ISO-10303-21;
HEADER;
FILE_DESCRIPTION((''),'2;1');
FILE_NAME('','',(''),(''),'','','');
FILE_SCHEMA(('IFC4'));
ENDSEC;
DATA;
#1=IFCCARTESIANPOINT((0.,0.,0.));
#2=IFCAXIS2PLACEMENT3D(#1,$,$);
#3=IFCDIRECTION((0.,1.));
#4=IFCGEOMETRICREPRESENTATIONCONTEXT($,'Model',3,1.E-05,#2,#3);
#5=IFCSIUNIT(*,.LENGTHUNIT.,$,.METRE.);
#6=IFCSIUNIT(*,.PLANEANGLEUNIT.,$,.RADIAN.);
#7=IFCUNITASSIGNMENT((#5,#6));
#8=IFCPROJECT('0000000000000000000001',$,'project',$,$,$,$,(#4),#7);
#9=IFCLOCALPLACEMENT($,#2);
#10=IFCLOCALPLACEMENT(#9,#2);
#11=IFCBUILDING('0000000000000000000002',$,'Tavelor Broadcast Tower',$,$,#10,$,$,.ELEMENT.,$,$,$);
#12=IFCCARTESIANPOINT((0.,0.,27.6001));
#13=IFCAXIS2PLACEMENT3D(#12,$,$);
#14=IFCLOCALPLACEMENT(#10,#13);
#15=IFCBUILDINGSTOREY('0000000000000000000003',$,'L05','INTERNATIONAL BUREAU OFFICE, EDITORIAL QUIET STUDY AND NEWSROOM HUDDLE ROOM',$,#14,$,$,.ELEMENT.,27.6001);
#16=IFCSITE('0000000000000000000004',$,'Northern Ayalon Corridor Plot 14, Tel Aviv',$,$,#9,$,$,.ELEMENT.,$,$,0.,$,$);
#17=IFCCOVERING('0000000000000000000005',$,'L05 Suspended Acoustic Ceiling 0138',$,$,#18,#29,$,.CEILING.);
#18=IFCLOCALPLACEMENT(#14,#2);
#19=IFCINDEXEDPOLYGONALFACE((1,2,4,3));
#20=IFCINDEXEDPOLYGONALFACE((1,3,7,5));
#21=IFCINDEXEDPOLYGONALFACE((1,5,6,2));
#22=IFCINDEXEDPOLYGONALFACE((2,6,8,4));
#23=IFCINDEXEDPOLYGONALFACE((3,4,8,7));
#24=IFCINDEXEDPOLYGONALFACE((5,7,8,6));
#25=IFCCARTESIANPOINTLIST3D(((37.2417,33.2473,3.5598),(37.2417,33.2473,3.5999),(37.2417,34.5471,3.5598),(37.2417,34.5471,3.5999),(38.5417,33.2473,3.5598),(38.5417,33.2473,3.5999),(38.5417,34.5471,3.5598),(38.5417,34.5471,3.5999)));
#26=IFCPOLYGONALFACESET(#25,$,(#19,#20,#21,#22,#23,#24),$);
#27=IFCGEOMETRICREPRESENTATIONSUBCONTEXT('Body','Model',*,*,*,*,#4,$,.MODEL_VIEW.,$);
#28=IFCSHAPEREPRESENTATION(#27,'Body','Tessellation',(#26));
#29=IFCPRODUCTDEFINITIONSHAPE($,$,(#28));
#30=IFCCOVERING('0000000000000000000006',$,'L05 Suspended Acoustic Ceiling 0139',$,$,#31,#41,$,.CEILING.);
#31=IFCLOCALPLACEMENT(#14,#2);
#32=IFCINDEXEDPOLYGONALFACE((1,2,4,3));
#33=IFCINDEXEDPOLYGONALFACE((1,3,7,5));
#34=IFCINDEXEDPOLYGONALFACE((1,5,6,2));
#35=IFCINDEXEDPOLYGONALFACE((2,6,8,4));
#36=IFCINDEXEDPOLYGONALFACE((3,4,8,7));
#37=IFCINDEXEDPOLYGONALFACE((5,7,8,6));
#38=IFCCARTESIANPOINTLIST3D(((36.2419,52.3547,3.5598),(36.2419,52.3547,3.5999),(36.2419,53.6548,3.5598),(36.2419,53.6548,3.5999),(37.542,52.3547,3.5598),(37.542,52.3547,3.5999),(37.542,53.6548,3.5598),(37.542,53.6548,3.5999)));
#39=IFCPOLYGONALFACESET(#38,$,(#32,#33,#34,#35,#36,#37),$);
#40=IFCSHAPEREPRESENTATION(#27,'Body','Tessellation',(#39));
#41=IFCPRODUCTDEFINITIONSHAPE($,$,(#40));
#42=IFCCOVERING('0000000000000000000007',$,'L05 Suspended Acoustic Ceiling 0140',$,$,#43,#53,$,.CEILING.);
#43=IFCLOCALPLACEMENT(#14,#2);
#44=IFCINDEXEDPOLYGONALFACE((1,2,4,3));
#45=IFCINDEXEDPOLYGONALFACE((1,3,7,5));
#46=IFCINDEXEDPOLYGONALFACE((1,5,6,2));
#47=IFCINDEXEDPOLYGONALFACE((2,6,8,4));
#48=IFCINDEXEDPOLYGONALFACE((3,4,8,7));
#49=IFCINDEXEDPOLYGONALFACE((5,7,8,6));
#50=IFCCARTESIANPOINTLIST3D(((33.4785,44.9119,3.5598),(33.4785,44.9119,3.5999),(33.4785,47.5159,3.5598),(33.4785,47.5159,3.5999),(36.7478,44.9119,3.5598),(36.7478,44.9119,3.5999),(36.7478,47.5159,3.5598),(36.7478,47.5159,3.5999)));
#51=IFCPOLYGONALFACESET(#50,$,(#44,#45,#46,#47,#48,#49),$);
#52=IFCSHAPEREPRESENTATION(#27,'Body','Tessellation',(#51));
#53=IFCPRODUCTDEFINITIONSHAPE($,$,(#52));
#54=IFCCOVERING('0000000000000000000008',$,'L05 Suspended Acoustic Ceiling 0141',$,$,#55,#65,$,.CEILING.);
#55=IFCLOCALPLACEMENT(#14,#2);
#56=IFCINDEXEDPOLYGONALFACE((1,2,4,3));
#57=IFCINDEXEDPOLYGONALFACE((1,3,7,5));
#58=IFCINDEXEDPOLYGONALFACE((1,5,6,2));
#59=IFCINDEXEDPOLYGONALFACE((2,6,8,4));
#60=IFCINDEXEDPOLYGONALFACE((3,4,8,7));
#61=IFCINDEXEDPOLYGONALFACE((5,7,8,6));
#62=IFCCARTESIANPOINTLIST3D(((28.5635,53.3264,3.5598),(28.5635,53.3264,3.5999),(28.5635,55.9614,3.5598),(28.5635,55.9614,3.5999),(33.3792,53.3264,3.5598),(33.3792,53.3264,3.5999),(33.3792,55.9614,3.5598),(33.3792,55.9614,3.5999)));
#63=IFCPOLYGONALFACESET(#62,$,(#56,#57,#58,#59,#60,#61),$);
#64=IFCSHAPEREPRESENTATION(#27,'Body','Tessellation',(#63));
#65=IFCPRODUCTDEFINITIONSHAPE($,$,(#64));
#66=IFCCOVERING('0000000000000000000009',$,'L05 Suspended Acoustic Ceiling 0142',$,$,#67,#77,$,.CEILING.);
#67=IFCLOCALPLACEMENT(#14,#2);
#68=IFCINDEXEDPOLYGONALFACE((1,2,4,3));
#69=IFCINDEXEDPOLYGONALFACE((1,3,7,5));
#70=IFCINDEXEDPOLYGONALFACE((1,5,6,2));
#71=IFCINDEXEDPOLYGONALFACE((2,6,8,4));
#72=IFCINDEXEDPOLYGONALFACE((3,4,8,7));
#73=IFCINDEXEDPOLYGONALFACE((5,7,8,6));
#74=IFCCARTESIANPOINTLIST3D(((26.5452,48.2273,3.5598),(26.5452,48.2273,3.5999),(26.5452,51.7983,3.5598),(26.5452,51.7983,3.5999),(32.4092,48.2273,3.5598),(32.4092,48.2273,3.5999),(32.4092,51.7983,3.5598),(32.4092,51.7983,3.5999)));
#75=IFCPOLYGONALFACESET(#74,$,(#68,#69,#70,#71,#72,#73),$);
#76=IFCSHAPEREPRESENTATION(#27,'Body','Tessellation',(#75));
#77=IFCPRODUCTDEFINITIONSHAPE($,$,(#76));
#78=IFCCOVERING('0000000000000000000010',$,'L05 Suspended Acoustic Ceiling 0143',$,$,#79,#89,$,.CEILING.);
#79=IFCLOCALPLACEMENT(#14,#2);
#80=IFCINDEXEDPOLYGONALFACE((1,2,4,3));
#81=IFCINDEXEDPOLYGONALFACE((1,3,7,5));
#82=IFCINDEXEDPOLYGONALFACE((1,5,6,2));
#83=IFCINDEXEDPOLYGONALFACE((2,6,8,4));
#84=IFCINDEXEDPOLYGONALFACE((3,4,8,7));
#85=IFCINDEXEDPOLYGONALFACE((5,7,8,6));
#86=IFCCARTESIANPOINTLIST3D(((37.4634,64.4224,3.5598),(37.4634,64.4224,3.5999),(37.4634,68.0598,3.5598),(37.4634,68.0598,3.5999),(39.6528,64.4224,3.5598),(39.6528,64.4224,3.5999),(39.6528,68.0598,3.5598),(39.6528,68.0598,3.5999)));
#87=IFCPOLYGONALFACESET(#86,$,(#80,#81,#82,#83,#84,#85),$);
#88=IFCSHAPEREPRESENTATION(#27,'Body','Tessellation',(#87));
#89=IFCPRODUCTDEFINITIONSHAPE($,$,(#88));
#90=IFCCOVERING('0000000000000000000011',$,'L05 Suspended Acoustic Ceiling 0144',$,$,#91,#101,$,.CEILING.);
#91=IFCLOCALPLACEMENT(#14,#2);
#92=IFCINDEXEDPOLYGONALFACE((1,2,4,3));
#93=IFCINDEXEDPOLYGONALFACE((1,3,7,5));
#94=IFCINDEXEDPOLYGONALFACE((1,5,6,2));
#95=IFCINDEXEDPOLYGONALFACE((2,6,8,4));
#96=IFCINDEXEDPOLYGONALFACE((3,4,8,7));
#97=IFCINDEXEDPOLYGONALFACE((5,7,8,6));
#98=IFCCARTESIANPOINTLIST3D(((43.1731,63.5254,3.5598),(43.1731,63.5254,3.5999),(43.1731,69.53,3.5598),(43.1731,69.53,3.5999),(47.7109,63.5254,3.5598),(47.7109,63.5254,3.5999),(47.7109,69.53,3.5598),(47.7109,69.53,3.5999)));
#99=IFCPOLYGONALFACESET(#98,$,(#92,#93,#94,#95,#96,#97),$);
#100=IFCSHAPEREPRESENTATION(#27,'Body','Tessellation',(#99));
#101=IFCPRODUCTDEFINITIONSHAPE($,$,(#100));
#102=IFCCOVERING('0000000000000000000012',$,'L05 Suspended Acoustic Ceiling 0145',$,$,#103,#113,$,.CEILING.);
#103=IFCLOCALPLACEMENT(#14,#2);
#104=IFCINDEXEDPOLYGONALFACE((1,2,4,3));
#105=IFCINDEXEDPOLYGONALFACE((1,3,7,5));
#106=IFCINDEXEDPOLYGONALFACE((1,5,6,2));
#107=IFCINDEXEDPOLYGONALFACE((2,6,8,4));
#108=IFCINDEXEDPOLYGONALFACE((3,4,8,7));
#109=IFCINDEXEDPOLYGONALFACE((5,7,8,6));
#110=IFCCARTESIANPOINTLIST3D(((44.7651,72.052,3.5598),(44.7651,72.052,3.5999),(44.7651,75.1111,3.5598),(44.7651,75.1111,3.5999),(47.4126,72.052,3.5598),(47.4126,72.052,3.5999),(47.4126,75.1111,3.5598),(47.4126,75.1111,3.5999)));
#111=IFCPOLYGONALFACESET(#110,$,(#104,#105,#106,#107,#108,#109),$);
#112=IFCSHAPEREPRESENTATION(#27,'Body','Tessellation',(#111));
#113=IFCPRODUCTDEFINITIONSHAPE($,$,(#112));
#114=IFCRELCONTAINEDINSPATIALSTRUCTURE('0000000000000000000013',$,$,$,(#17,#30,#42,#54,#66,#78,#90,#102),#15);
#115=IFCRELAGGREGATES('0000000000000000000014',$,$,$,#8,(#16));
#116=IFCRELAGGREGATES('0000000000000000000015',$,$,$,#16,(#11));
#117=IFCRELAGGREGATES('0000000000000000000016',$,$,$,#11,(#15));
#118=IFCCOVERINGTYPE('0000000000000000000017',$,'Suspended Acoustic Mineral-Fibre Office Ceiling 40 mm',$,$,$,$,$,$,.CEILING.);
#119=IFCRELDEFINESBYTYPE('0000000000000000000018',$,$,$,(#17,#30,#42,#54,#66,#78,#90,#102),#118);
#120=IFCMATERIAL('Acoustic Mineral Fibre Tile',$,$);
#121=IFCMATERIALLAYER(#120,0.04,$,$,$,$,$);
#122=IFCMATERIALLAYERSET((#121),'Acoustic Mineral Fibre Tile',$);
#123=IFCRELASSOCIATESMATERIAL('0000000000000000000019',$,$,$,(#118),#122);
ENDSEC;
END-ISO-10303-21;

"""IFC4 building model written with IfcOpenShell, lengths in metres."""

from ifc_helpers import new_model, si_unit, direction, frame, origin, place, context, subcontext, project, spatial, polyline, outline, extrude, material, layer, layer_set, type_object, element, save


model = new_model("IFC4")

# Units and contexts
model_context = context("Model", 3, precision=1e-05, world=origin(), true_north=direction((0.0, 1.0)))
body_context = subcontext(model_context, "Body", "Model", "MODEL_VIEW")
ifc_project = project(units=[si_unit("LENGTHUNIT", "METRE"), si_unit("PLANEANGLEUNIT", "RADIAN")], contexts=[model_context])

# Site, building, storey
site_placement = place(None, origin())
site = spatial("IfcSite", under=ifc_project, at=site_placement, Name="Northern Ayalon Corridor Plot 14, Tel Aviv", CompositionType="ELEMENT", RefElevation=0.0)
building_placement = place(site_placement, origin())
building = spatial("IfcBuilding", under=site, at=building_placement, Name="Tavelor Broadcast Tower", CompositionType="ELEMENT")
storey_placement = place(building_placement, frame((0.0, 0.0, 27.6001)))
storey = spatial("IfcBuildingStorey", under=building, at=storey_placement, Name="L05", Description="INTERNATIONAL BUREAU OFFICE, EDITORIAL QUIET STUDY AND NEWSROOM HUDDLE ROOM", CompositionType="ELEMENT", Elevation=27.6001)

# Coverings
ifc_material_1 = material(Name="Acoustic Mineral Fibre Tile")
ifc_layer_1 = layer(ifc_material_1, 0.04)
ifc_layer_set_1 = layer_set([ifc_layer_1], Name="Acoustic Mineral Fibre Tile")
covering_type_1 = type_object("IfcCoveringType", Name="Suspended Acoustic Mineral-Fibre Office Ceiling 40 mm", PredefinedType="CEILING", material=ifc_layer_set_1)
covering_1_placement = place(storey_placement, frame((0.0, 0.0, 3.5598)))
element("IfcCovering", 1, at=covering_1_placement, inside=storey, type_object=covering_type_1, Name="L05 Suspended Acoustic Ceiling 0138", PredefinedType="CEILING", context=body_context, shape_type="SweptSolid", body=[
    extrude(outline(polyline([(37.2417, 33.2473), (38.5417, 33.2473), (38.5417, 34.5471), (37.2417, 34.5471), (37.2417, 33.2473)])), origin(), (0.0, 0.0, 1.0), 0.04),
])
covering_2_placement = place(storey_placement, frame((0.0, 0.0, 3.5598)))
element("IfcCovering", 2, at=covering_2_placement, inside=storey, type_object=covering_type_1, Name="L05 Suspended Acoustic Ceiling 0139", PredefinedType="CEILING", context=body_context, shape_type="SweptSolid", body=[
    extrude(outline(polyline([(36.2419, 52.3547), (37.542, 52.3547), (37.542, 53.6548), (36.2419, 53.6548), (36.2419, 52.3547)])), origin(), (0.0, 0.0, 1.0), 0.04),
])
covering_3_placement = place(storey_placement, frame((0.0, 0.0, 3.5598)))
element("IfcCovering", 3, at=covering_3_placement, inside=storey, type_object=covering_type_1, Name="L05 Suspended Acoustic Ceiling 0140", PredefinedType="CEILING", context=body_context, shape_type="SweptSolid", body=[
    extrude(outline(polyline([(33.4785, 44.9119), (36.7478, 44.9119), (36.7478, 47.5159), (33.4785, 47.5159), (33.4785, 44.9119)])), origin(), (0.0, 0.0, 1.0), 0.04),
])
covering_4_placement = place(storey_placement, frame((0.0, 0.0, 3.5598)))
element("IfcCovering", 4, at=covering_4_placement, inside=storey, type_object=covering_type_1, Name="L05 Suspended Acoustic Ceiling 0141", PredefinedType="CEILING", context=body_context, shape_type="SweptSolid", body=[
    extrude(outline(polyline([(28.5635, 53.3264), (33.3792, 53.3264), (33.3792, 55.9614), (28.5635, 55.9614), (28.5635, 53.3264)])), origin(), (0.0, 0.0, 1.0), 0.04),
])
covering_5_placement = place(storey_placement, frame((0.0, 0.0, 3.5598)))
element("IfcCovering", 5, at=covering_5_placement, inside=storey, type_object=covering_type_1, Name="L05 Suspended Acoustic Ceiling 0142", PredefinedType="CEILING", context=body_context, shape_type="SweptSolid", body=[
    extrude(outline(polyline([(26.5452, 48.2273), (32.4092, 48.2273), (32.4092, 51.7983), (26.5452, 51.7983), (26.5452, 48.2273)])), origin(), (0.0, 0.0, 1.0), 0.04),
])
covering_6_placement = place(storey_placement, frame((0.0, 0.0, 3.5598)))
element("IfcCovering", 6, at=covering_6_placement, inside=storey, type_object=covering_type_1, Name="L05 Suspended Acoustic Ceiling 0143", PredefinedType="CEILING", context=body_context, shape_type="SweptSolid", body=[
    extrude(outline(polyline([(37.4634, 64.4224), (39.6528, 64.4224), (39.6528, 68.0598), (37.4634, 68.0598), (37.4634, 64.4224)])), origin(), (0.0, 0.0, 1.0), 0.04),
])
covering_7_placement = place(storey_placement, frame((0.0, 0.0, 3.5598)))
element("IfcCovering", 7, at=covering_7_placement, inside=storey, type_object=covering_type_1, Name="L05 Suspended Acoustic Ceiling 0144", PredefinedType="CEILING", context=body_context, shape_type="SweptSolid", body=[
    extrude(outline(polyline([(43.1731, 63.5254), (47.7109, 63.5254), (47.7109, 69.53), (43.1731, 69.53), (43.1731, 63.5254)])), origin(), (0.0, 0.0, 1.0), 0.04),
])
covering_8_placement = place(storey_placement, frame((0.0, 0.0, 3.5598)))
element("IfcCovering", 8, at=covering_8_placement, inside=storey, type_object=covering_type_1, Name="L05 Suspended Acoustic Ceiling 0145", PredefinedType="CEILING", context=body_context, shape_type="SweptSolid", body=[
    extrude(outline(polyline([(44.7651, 72.052), (47.4126, 72.052), (47.4126, 75.1111), (44.7651, 75.1111), (44.7651, 72.052)])), origin(), (0.0, 0.0, 1.0), 0.04),
])

save(model, "model.ifc")
